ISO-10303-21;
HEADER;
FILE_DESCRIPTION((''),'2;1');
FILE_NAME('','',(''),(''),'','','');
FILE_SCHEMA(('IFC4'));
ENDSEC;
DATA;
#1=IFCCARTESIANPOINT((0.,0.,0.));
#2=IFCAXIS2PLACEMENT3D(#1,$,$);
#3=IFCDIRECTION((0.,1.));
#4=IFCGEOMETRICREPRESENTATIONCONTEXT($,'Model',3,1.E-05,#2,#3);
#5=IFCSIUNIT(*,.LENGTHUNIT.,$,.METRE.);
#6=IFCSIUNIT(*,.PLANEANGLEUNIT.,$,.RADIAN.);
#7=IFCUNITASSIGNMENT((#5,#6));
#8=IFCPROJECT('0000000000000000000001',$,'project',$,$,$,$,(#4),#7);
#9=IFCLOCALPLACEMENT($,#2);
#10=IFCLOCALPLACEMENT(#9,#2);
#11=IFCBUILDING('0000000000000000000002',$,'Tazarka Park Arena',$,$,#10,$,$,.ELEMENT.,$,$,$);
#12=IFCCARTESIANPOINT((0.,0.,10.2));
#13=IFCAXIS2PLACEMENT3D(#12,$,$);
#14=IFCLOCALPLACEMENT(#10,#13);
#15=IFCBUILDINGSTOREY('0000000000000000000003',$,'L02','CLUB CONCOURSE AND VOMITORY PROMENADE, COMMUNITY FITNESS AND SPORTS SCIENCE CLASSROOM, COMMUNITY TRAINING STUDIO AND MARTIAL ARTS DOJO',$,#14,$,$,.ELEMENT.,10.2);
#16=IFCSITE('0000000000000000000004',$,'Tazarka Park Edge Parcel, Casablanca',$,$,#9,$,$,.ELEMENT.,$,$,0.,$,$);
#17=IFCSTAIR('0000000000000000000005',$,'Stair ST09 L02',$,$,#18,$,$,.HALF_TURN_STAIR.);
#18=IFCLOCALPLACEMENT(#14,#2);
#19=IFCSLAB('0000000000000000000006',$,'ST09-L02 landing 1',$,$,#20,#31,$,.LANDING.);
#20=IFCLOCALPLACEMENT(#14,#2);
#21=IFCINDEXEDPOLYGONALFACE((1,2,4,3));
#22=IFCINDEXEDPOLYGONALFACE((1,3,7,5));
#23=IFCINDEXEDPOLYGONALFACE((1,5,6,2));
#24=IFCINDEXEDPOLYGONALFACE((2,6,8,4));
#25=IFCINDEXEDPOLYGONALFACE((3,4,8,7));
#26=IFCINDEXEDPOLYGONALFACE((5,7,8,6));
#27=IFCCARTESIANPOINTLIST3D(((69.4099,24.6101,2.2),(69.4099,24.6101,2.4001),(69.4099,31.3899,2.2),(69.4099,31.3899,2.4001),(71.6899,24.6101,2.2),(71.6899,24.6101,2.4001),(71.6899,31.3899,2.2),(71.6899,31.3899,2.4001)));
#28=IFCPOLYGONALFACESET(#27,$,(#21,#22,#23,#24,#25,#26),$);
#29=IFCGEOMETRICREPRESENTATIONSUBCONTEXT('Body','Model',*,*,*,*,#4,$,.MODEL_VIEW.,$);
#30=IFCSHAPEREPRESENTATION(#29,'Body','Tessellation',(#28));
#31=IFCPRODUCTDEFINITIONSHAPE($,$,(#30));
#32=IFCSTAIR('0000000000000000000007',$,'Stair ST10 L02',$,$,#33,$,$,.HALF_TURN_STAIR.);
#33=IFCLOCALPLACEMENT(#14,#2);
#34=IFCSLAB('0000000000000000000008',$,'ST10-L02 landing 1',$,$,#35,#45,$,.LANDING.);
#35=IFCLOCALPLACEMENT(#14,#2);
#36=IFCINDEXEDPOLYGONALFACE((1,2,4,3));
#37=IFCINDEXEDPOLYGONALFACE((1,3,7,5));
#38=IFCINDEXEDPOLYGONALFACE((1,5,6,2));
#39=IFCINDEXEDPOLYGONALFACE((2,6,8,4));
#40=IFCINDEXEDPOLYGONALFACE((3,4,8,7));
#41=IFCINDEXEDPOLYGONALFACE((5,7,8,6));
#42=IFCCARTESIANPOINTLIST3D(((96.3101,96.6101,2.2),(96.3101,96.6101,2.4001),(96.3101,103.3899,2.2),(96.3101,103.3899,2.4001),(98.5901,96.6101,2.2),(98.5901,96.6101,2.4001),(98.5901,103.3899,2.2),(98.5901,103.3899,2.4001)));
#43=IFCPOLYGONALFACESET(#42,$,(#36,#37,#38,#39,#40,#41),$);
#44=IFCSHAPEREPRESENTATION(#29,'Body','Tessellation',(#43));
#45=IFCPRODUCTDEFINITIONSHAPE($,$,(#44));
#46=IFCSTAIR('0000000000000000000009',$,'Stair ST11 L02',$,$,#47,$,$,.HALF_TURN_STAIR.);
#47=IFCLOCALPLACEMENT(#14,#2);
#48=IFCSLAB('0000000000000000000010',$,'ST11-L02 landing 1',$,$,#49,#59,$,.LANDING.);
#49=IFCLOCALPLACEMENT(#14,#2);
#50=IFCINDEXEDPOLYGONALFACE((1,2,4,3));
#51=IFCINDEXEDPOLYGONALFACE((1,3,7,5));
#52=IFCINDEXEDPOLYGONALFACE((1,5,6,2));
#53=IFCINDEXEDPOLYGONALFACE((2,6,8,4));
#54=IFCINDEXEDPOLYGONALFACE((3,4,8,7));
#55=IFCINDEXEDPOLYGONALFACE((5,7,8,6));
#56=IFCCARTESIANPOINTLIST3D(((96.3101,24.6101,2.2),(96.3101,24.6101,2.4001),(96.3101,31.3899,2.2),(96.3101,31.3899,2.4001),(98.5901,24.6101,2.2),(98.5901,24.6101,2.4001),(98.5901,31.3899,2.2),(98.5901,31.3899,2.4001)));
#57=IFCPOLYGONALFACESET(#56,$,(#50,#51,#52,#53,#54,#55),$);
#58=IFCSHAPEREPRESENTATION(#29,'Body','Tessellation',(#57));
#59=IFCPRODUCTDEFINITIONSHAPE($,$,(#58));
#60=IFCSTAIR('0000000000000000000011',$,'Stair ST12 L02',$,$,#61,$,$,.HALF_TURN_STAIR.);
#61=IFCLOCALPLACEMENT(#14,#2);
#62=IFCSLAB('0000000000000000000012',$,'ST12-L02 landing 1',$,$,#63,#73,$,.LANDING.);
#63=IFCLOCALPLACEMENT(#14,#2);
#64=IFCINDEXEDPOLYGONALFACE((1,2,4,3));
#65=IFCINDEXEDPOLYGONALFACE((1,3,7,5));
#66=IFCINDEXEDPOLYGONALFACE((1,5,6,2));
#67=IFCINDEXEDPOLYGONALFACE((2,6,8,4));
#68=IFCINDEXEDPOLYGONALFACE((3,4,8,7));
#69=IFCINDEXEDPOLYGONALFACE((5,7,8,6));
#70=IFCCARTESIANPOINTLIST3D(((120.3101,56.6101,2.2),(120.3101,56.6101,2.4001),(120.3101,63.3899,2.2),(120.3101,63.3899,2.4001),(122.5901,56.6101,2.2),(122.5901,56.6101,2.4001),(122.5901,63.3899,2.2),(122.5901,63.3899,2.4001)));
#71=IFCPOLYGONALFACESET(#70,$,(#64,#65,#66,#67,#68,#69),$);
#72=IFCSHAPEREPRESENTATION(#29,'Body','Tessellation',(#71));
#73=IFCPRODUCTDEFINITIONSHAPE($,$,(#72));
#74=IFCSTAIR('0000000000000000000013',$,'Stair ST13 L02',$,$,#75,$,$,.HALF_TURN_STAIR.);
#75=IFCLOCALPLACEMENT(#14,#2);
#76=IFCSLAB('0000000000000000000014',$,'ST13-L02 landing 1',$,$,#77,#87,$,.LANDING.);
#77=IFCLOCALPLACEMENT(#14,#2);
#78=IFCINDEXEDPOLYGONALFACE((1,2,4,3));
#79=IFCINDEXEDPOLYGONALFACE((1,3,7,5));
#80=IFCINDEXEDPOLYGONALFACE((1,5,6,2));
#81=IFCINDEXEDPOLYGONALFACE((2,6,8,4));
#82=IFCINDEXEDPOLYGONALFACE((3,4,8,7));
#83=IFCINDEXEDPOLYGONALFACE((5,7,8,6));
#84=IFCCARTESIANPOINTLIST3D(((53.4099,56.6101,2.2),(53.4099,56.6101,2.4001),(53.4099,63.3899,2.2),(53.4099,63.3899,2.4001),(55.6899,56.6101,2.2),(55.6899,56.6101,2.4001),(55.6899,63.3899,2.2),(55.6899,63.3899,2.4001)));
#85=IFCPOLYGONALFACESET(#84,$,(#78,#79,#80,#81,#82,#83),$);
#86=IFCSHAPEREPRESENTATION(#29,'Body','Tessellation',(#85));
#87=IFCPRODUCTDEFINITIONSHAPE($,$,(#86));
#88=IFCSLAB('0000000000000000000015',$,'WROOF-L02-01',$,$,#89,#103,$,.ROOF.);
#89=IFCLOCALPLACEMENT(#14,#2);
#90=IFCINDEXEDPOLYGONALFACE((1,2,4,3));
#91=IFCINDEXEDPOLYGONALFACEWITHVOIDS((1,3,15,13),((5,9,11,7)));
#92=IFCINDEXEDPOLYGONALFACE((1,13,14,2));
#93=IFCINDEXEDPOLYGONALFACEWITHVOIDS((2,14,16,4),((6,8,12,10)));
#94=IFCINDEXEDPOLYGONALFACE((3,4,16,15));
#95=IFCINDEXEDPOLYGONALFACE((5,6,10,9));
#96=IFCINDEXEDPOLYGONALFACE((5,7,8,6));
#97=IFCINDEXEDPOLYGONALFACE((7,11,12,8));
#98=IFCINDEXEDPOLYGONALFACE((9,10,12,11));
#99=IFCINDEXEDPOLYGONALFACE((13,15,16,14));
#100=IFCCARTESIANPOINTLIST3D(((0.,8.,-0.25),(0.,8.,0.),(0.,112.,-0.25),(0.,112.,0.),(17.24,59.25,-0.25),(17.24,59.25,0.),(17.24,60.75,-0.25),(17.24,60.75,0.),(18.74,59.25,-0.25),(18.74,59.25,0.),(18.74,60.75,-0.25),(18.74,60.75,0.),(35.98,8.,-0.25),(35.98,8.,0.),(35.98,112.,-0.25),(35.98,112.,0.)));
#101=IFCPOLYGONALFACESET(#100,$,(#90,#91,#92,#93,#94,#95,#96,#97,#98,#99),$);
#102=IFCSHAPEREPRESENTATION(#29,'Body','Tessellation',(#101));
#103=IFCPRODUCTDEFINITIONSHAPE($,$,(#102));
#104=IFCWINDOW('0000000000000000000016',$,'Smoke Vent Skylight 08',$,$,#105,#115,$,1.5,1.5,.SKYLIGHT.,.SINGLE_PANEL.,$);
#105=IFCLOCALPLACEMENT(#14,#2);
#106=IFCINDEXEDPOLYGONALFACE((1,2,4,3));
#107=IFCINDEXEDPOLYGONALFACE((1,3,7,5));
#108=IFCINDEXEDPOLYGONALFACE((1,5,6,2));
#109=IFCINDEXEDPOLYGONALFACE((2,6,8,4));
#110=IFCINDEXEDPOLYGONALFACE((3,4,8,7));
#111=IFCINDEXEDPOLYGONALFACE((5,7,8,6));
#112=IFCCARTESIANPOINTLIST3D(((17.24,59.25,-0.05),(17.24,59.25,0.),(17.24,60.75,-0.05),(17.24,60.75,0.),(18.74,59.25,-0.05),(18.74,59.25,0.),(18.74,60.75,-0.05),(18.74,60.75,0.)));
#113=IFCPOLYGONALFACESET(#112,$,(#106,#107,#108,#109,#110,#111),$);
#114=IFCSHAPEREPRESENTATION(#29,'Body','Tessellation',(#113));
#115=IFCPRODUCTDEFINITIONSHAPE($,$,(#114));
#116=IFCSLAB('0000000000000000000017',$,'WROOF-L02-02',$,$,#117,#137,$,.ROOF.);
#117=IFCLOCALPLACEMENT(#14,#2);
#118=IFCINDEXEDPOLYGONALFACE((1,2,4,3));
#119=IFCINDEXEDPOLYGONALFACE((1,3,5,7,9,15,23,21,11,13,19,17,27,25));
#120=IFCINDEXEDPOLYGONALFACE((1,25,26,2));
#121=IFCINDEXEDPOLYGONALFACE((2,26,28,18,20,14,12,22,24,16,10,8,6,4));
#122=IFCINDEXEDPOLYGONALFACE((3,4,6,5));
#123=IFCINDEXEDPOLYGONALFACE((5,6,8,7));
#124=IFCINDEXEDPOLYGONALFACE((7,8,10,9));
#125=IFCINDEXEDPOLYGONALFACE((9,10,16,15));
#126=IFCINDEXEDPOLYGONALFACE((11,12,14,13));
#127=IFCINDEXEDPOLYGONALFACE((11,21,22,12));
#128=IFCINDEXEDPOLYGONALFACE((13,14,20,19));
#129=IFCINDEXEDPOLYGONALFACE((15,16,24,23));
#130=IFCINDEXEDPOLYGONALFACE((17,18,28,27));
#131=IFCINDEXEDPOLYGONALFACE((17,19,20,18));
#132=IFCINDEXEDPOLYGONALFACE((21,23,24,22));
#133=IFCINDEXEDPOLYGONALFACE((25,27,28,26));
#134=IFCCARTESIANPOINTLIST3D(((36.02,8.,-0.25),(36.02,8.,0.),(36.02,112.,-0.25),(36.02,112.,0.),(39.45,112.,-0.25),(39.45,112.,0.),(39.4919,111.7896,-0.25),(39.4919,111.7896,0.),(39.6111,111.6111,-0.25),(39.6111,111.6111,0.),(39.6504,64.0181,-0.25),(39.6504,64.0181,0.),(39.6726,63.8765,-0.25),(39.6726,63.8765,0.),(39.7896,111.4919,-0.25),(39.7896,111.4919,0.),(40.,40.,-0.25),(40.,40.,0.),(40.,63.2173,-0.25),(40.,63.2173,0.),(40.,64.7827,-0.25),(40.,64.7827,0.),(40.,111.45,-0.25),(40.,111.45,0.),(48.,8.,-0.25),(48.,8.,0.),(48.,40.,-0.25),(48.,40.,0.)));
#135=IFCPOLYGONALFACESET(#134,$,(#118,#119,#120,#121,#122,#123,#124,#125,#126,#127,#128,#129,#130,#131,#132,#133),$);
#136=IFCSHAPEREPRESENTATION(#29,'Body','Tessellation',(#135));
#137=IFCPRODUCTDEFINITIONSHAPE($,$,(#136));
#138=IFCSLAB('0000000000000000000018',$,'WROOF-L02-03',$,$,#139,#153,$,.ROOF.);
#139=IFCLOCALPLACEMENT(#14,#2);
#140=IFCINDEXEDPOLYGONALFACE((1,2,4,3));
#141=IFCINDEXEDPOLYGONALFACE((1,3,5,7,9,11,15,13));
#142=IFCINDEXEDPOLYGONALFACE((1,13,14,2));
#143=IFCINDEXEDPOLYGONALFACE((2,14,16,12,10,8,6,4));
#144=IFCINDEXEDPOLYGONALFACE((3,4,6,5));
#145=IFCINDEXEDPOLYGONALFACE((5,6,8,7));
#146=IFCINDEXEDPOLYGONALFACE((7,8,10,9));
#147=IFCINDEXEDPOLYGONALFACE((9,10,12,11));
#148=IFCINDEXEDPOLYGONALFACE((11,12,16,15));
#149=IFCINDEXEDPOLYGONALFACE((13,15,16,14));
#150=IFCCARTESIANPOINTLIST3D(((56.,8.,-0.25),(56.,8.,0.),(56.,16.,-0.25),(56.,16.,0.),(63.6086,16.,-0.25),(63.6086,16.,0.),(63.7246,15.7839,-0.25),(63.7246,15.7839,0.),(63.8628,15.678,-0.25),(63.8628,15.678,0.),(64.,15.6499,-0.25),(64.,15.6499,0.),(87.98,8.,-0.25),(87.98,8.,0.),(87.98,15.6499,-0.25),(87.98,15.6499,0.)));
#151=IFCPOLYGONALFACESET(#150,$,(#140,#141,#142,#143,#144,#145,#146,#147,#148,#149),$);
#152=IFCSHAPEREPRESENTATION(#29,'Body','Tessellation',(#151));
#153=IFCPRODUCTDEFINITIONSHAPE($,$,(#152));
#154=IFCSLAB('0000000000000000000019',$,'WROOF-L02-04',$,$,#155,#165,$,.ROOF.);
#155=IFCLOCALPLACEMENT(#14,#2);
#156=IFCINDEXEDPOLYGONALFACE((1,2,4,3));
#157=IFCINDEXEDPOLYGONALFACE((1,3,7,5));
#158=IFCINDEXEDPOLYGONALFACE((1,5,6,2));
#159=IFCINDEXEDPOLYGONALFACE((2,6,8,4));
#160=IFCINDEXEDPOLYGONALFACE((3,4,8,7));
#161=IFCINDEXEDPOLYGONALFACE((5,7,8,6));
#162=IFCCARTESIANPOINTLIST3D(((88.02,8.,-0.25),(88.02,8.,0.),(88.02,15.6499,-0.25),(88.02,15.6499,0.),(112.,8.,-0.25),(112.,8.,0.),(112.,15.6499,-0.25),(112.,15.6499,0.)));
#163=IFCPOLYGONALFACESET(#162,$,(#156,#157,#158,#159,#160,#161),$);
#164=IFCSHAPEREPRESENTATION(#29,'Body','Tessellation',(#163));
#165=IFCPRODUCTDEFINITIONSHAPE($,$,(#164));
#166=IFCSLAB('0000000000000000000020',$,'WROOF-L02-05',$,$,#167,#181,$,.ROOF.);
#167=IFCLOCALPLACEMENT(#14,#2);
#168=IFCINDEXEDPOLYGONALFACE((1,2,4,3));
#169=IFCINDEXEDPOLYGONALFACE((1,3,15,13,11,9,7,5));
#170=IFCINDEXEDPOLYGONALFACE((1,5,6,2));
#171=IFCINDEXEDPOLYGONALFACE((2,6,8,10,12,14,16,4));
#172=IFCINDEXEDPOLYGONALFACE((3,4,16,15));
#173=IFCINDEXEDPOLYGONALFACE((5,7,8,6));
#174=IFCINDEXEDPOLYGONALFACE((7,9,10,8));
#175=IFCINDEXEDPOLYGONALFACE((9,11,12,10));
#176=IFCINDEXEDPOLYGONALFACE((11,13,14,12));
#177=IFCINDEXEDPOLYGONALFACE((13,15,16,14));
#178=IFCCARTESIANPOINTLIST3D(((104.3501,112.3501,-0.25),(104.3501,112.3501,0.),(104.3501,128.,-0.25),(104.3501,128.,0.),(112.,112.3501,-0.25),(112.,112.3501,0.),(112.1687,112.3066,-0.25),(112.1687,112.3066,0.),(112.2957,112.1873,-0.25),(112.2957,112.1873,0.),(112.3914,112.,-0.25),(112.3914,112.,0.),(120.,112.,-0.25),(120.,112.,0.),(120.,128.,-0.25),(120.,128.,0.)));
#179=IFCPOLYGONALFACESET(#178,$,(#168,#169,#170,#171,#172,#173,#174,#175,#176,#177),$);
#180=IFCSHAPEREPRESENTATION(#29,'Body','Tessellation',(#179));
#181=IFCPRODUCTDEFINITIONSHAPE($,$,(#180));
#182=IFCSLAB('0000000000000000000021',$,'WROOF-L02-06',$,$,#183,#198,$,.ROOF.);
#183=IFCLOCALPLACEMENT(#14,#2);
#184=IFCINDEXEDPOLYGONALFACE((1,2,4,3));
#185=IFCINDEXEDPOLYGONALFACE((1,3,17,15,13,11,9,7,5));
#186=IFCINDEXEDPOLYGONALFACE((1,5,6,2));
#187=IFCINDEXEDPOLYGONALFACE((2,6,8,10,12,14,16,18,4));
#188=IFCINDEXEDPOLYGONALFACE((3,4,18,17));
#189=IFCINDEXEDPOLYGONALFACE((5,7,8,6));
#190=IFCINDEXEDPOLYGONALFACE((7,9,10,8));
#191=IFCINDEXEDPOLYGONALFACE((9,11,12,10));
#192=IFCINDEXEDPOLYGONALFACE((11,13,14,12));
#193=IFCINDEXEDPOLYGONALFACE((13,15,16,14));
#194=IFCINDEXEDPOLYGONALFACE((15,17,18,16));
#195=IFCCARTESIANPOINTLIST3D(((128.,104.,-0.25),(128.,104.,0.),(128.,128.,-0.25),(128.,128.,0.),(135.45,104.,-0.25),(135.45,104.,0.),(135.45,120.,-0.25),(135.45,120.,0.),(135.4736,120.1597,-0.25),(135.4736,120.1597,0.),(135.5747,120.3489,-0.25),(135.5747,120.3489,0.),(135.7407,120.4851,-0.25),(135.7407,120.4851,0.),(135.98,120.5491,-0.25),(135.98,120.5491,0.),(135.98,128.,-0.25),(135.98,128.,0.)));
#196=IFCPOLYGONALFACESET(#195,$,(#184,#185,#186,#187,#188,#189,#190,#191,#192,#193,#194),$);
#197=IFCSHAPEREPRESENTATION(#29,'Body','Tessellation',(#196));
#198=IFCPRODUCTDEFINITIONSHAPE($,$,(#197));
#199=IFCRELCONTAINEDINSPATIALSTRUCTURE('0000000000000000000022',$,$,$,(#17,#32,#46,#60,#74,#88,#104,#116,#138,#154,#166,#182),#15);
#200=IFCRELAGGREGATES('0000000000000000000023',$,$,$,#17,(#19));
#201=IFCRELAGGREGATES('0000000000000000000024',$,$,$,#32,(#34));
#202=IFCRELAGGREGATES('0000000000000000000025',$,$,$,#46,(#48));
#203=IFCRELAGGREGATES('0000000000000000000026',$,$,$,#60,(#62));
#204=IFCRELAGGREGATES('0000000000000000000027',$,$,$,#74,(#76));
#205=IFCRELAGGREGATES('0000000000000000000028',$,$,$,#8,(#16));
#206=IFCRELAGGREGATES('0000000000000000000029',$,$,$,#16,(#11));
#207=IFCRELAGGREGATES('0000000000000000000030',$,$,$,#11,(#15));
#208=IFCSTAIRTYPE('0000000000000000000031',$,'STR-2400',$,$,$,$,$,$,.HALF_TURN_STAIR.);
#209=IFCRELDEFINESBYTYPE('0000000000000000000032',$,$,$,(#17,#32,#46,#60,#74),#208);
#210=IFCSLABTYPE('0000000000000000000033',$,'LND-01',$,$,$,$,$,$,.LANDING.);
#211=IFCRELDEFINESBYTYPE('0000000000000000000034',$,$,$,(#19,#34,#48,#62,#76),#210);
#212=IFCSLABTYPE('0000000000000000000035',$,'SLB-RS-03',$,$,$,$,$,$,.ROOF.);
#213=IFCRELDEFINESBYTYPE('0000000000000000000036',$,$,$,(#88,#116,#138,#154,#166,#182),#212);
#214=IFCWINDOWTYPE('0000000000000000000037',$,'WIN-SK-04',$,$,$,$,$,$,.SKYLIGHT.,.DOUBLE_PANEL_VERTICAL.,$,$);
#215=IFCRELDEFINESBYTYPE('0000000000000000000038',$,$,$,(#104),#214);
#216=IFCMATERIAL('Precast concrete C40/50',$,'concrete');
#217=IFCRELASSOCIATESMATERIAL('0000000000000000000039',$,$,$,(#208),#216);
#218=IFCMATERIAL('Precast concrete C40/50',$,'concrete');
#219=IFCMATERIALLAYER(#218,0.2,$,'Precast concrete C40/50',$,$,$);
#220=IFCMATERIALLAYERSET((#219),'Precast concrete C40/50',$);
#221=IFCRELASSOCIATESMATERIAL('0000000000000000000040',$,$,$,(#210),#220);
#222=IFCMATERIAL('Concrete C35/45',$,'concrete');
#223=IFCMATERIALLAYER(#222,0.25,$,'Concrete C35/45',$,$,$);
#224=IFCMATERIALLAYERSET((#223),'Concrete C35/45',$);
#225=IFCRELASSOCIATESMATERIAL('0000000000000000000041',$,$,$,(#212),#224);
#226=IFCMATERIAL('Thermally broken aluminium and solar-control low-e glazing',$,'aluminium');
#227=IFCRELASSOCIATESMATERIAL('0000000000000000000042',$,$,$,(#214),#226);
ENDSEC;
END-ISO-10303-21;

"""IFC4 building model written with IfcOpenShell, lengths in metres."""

from ifc_helpers import new_model, si_unit, direction, frame, origin, origin_2d, place, context, subcontext, project, spatial, polyline, rectangle, outline, extrude, material, layer, layer_set, type_object, element, fill, aggregate, save


model = new_model("IFC4")

# Units and contexts
model_context = context("Model", 3, precision=1e-05, world=origin(), true_north=direction((0.0, 1.0)))
body_context = subcontext(model_context, "Body", "Model", "MODEL_VIEW")
ifc_project = project(units=[si_unit("LENGTHUNIT", "METRE"), si_unit("PLANEANGLEUNIT", "RADIAN")], contexts=[model_context])

# Site, building, storey
site_placement = place(None, origin())
site = spatial("IfcSite", under=ifc_project, at=site_placement, Name="Tazarka Park Edge Parcel, Casablanca", CompositionType="ELEMENT", RefElevation=0.0)
building_placement = place(site_placement, origin())
building = spatial("IfcBuilding", under=site, at=building_placement, Name="Tazarka Park Arena", CompositionType="ELEMENT")
storey_placement = place(building_placement, frame((0.0, 0.0, 10.2)))
storey = spatial("IfcBuildingStorey", under=building, at=storey_placement, Name="L02", Description="CLUB CONCOURSE AND VOMITORY PROMENADE, COMMUNITY FITNESS AND SPORTS SCIENCE CLASSROOM, COMMUNITY TRAINING STUDIO AND MARTIAL ARTS DOJO", CompositionType="ELEMENT", Elevation=10.2)

# Stairs, slabs
ifc_material_1 = material(Name="Precast concrete C40/50", Category="concrete")
stair_type = type_object("IfcStairType", Name="STR-2400", PredefinedType="HALF_TURN_STAIR", material=ifc_material_1)
stair_1_placement = place(storey_placement, origin())
stair_1 = element("IfcStair", 1, at=stair_1_placement, inside=storey, type_object=stair_type, Name="Stair ST09 L02", PredefinedType="HALF_TURN_STAIR")
ifc_material_2 = material(Name="Precast concrete C40/50", Category="concrete")
ifc_layer_1 = layer(ifc_material_2, 0.2, Name="Precast concrete C40/50")
ifc_layer_set_1 = layer_set([ifc_layer_1], Name="Precast concrete C40/50")
slab_type_1 = type_object("IfcSlabType", Name="LND-01", PredefinedType="LANDING", material=ifc_layer_set_1)
slab_1_placement = place(storey_placement, frame((0.0, 0.0, 2.2)))
slab_1 = element("IfcSlab", 2, at=slab_1_placement, type_object=slab_type_1, Name="ST09-L02 landing 1", PredefinedType="LANDING", context=body_context, shape_type="SweptSolid", body=[
    extrude(outline(polyline([(69.4099, 24.6101), (71.6899, 24.6101), (71.6899, 31.3899), (69.4099, 31.3899), (69.4099, 24.6101)])), origin(), (0.0, 0.0, 1.0), 0.2002),
])
aggregate(stair_1, [slab_1])
stair_2_placement = place(storey_placement, origin())
stair_2 = element("IfcStair", 3, at=stair_2_placement, inside=storey, type_object=stair_type, Name="Stair ST10 L02", PredefinedType="HALF_TURN_STAIR")
slab_2_placement = place(storey_placement, frame((0.0, 0.0, 2.2)))
slab_2 = element("IfcSlab", 4, at=slab_2_placement, type_object=slab_type_1, Name="ST10-L02 landing 1", PredefinedType="LANDING", context=body_context, shape_type="SweptSolid", body=[
    extrude(outline(polyline([(96.3101, 96.6101), (98.5901, 96.6101), (98.5901, 103.3899), (96.3101, 103.3899), (96.3101, 96.6101)])), origin(), (0.0, 0.0, 1.0), 0.2002),
])
aggregate(stair_2, [slab_2])
stair_3_placement = place(storey_placement, origin())
stair_3 = element("IfcStair", 5, at=stair_3_placement, inside=storey, type_object=stair_type, Name="Stair ST11 L02", PredefinedType="HALF_TURN_STAIR")
slab_3_placement = place(storey_placement, frame((0.0, 0.0, 2.2)))
slab_3 = element("IfcSlab", 6, at=slab_3_placement, type_object=slab_type_1, Name="ST11-L02 landing 1", PredefinedType="LANDING", context=body_context, shape_type="SweptSolid", body=[
    extrude(outline(polyline([(96.3101, 24.6101), (98.5901, 24.6101), (98.5901, 31.3899), (96.3101, 31.3899), (96.3101, 24.6101)])), origin(), (0.0, 0.0, 1.0), 0.2002),
])
aggregate(stair_3, [slab_3])
stair_4_placement = place(storey_placement, origin())
stair_4 = element("IfcStair", 7, at=stair_4_placement, inside=storey, type_object=stair_type, Name="Stair ST12 L02", PredefinedType="HALF_TURN_STAIR")
slab_4_placement = place(storey_placement, frame((0.0, 0.0, 2.2)))
slab_4 = element("IfcSlab", 8, at=slab_4_placement, type_object=slab_type_1, Name="ST12-L02 landing 1", PredefinedType="LANDING", context=body_context, shape_type="SweptSolid", body=[
    extrude(outline(polyline([(120.3101, 56.6101), (122.5901, 56.6101), (122.5901, 63.3899), (120.3101, 63.3899), (120.3101, 56.6101)])), origin(), (0.0, 0.0, 1.0), 0.2002),
])
aggregate(stair_4, [slab_4])
stair_5_placement = place(storey_placement, origin())
stair_5 = element("IfcStair", 9, at=stair_5_placement, inside=storey, type_object=stair_type, Name="Stair ST13 L02", PredefinedType="HALF_TURN_STAIR")
slab_5_placement = place(storey_placement, frame((0.0, 0.0, 2.2)))
slab_5 = element("IfcSlab", 10, at=slab_5_placement, type_object=slab_type_1, Name="ST13-L02 landing 1", PredefinedType="LANDING", context=body_context, shape_type="SweptSolid", body=[
    extrude(outline(polyline([(53.4099, 56.6101), (55.6899, 56.6101), (55.6899, 63.3899), (53.4099, 63.3899), (53.4099, 56.6101)])), origin(), (0.0, 0.0, 1.0), 0.2002),
])
aggregate(stair_5, [slab_5])

# Slab, opening, window
ifc_material_3 = material(Name="Concrete C35/45", Category="concrete")
ifc_layer_2 = layer(ifc_material_3, 0.25, Name="Concrete C35/45")
ifc_layer_set_2 = layer_set([ifc_layer_2], Name="Concrete C35/45")
slab_type_2 = type_object("IfcSlabType", Name="SLB-RS-03", PredefinedType="ROOF", material=ifc_layer_set_2)
slab_6_placement = place(storey_placement, frame((0.0, 0.0, -0.25)))
slab_6 = element("IfcSlab", 11, at=slab_6_placement, inside=storey, type_object=slab_type_2, Name="WROOF-L02-01", PredefinedType="ROOF", context=body_context, shape_type="SweptSolid", body=[
    extrude(outline(polyline([(0.0, 8.0), (0.0, 112.0), (35.98, 112.0), (35.98, 8.0), (0.0, 8.0)])), origin(), (0.0, 0.0, 1.0), 0.25),
])
opening_placement = place(slab_6_placement, frame((17.99, 60.0, 0.0)))
opening = element("IfcOpeningElement", 12, at=opening_placement, cuts=slab_6, PredefinedType="OPENING", context=body_context, shape_type="SweptSolid", body=[
    extrude(rectangle(XDim=1.5, YDim=1.5, at=origin_2d()), origin(), (0.0, 0.0, 1.0), 0.25),
])
ifc_material_4 = material(Name="Thermally broken aluminium and solar-control low-e glazing", Category="aluminium")
window_type = type_object("IfcWindowType", Name="WIN-SK-04", PartitioningType="DOUBLE_PANEL_VERTICAL", PredefinedType="SKYLIGHT", material=ifc_material_4)
window_placement = place(opening_placement, frame((0.0, 0.0, 0.2)))
window = element("IfcWindow", 13, at=window_placement, inside=storey, type_object=window_type, Name="Smoke Vent Skylight 08", OverallHeight=1.5, OverallWidth=1.5, PartitioningType="SINGLE_PANEL", PredefinedType="SKYLIGHT", context=body_context, shape_type="SweptSolid", body=[
    extrude(rectangle(XDim=1.5, YDim=1.5, at=origin_2d()), origin(), (0.0, 0.0, 1.0), 0.05),
])
fill(opening, window)

# Slabs
slab_7_placement = place(storey_placement, frame((0.0, 0.0, -0.25)))
element("IfcSlab", 14, at=slab_7_placement, inside=storey, type_object=slab_type_2, Name="WROOF-L02-02", PredefinedType="ROOF", context=body_context, shape_type="SweptSolid", body=[
    extrude(outline(polyline([(39.45, 112.0), (39.4919, 111.7896), (39.6111, 111.6111), (39.7896, 111.4919), (40.0, 111.45), (40.0, 64.7827), (39.6504, 64.0181), (39.6726, 63.8765), (40.0, 63.2173), (40.0, 40.0), (48.0, 40.0), (48.0, 8.0), (36.02, 8.0), (36.02, 112.0), (39.45, 112.0)])), origin(), (0.0, 0.0, 1.0), 0.25),
])
slab_8_placement = place(storey_placement, frame((0.0, 0.0, -0.25)))
element("IfcSlab", 15, at=slab_8_placement, inside=storey, type_object=slab_type_2, Name="WROOF-L02-03", PredefinedType="ROOF", context=body_context, shape_type="SweptSolid", body=[
    extrude(outline(polyline([(63.7246, 15.7839), (63.8628, 15.678), (64.0, 15.6499), (87.98, 15.6499), (87.98, 8.0), (56.0, 8.0), (56.0, 16.0), (63.6086, 16.0), (63.7246, 15.7839)])), origin(), (0.0, 0.0, 1.0), 0.25),
])
slab_9_placement = place(storey_placement, frame((0.0, 0.0, -0.25)))
element("IfcSlab", 16, at=slab_9_placement, inside=storey, type_object=slab_type_2, Name="WROOF-L02-04", PredefinedType="ROOF", context=body_context, shape_type="SweptSolid", body=[
    extrude(outline(polyline([(112.0, 15.6499), (112.0, 8.0), (88.02, 8.0), (88.02, 15.6499), (112.0, 15.6499)])), origin(), (0.0, 0.0, 1.0), 0.25),
])
slab_10_placement = place(storey_placement, frame((0.0, 0.0, -0.25)))
element("IfcSlab", 17, at=slab_10_placement, inside=storey, type_object=slab_type_2, Name="WROOF-L02-05", PredefinedType="ROOF", context=body_context, shape_type="SweptSolid", body=[
    extrude(outline(polyline([(112.2957, 112.1873), (112.1687, 112.3066), (112.0, 112.3501), (104.3501, 112.3501), (104.3501, 128.0), (120.0, 128.0), (120.0, 112.0), (112.3914, 112.0), (112.2957, 112.1873)])), origin(), (0.0, 0.0, 1.0), 0.25),
])
slab_11_placement = place(storey_placement, frame((0.0, 0.0, -0.25)))
element("IfcSlab", 18, at=slab_11_placement, inside=storey, type_object=slab_type_2, Name="WROOF-L02-06", PredefinedType="ROOF", context=body_context, shape_type="SweptSolid", body=[
    extrude(outline(polyline([(135.98, 120.5491), (135.7407, 120.4851), (135.5747, 120.3489), (135.4736, 120.1597), (135.45, 120.0), (135.45, 104.0), (128.0, 104.0), (128.0, 128.0), (135.98, 128.0), (135.98, 120.5491)])), origin(), (0.0, 0.0, 1.0), 0.25),
])

save(model, "model.ifc")
